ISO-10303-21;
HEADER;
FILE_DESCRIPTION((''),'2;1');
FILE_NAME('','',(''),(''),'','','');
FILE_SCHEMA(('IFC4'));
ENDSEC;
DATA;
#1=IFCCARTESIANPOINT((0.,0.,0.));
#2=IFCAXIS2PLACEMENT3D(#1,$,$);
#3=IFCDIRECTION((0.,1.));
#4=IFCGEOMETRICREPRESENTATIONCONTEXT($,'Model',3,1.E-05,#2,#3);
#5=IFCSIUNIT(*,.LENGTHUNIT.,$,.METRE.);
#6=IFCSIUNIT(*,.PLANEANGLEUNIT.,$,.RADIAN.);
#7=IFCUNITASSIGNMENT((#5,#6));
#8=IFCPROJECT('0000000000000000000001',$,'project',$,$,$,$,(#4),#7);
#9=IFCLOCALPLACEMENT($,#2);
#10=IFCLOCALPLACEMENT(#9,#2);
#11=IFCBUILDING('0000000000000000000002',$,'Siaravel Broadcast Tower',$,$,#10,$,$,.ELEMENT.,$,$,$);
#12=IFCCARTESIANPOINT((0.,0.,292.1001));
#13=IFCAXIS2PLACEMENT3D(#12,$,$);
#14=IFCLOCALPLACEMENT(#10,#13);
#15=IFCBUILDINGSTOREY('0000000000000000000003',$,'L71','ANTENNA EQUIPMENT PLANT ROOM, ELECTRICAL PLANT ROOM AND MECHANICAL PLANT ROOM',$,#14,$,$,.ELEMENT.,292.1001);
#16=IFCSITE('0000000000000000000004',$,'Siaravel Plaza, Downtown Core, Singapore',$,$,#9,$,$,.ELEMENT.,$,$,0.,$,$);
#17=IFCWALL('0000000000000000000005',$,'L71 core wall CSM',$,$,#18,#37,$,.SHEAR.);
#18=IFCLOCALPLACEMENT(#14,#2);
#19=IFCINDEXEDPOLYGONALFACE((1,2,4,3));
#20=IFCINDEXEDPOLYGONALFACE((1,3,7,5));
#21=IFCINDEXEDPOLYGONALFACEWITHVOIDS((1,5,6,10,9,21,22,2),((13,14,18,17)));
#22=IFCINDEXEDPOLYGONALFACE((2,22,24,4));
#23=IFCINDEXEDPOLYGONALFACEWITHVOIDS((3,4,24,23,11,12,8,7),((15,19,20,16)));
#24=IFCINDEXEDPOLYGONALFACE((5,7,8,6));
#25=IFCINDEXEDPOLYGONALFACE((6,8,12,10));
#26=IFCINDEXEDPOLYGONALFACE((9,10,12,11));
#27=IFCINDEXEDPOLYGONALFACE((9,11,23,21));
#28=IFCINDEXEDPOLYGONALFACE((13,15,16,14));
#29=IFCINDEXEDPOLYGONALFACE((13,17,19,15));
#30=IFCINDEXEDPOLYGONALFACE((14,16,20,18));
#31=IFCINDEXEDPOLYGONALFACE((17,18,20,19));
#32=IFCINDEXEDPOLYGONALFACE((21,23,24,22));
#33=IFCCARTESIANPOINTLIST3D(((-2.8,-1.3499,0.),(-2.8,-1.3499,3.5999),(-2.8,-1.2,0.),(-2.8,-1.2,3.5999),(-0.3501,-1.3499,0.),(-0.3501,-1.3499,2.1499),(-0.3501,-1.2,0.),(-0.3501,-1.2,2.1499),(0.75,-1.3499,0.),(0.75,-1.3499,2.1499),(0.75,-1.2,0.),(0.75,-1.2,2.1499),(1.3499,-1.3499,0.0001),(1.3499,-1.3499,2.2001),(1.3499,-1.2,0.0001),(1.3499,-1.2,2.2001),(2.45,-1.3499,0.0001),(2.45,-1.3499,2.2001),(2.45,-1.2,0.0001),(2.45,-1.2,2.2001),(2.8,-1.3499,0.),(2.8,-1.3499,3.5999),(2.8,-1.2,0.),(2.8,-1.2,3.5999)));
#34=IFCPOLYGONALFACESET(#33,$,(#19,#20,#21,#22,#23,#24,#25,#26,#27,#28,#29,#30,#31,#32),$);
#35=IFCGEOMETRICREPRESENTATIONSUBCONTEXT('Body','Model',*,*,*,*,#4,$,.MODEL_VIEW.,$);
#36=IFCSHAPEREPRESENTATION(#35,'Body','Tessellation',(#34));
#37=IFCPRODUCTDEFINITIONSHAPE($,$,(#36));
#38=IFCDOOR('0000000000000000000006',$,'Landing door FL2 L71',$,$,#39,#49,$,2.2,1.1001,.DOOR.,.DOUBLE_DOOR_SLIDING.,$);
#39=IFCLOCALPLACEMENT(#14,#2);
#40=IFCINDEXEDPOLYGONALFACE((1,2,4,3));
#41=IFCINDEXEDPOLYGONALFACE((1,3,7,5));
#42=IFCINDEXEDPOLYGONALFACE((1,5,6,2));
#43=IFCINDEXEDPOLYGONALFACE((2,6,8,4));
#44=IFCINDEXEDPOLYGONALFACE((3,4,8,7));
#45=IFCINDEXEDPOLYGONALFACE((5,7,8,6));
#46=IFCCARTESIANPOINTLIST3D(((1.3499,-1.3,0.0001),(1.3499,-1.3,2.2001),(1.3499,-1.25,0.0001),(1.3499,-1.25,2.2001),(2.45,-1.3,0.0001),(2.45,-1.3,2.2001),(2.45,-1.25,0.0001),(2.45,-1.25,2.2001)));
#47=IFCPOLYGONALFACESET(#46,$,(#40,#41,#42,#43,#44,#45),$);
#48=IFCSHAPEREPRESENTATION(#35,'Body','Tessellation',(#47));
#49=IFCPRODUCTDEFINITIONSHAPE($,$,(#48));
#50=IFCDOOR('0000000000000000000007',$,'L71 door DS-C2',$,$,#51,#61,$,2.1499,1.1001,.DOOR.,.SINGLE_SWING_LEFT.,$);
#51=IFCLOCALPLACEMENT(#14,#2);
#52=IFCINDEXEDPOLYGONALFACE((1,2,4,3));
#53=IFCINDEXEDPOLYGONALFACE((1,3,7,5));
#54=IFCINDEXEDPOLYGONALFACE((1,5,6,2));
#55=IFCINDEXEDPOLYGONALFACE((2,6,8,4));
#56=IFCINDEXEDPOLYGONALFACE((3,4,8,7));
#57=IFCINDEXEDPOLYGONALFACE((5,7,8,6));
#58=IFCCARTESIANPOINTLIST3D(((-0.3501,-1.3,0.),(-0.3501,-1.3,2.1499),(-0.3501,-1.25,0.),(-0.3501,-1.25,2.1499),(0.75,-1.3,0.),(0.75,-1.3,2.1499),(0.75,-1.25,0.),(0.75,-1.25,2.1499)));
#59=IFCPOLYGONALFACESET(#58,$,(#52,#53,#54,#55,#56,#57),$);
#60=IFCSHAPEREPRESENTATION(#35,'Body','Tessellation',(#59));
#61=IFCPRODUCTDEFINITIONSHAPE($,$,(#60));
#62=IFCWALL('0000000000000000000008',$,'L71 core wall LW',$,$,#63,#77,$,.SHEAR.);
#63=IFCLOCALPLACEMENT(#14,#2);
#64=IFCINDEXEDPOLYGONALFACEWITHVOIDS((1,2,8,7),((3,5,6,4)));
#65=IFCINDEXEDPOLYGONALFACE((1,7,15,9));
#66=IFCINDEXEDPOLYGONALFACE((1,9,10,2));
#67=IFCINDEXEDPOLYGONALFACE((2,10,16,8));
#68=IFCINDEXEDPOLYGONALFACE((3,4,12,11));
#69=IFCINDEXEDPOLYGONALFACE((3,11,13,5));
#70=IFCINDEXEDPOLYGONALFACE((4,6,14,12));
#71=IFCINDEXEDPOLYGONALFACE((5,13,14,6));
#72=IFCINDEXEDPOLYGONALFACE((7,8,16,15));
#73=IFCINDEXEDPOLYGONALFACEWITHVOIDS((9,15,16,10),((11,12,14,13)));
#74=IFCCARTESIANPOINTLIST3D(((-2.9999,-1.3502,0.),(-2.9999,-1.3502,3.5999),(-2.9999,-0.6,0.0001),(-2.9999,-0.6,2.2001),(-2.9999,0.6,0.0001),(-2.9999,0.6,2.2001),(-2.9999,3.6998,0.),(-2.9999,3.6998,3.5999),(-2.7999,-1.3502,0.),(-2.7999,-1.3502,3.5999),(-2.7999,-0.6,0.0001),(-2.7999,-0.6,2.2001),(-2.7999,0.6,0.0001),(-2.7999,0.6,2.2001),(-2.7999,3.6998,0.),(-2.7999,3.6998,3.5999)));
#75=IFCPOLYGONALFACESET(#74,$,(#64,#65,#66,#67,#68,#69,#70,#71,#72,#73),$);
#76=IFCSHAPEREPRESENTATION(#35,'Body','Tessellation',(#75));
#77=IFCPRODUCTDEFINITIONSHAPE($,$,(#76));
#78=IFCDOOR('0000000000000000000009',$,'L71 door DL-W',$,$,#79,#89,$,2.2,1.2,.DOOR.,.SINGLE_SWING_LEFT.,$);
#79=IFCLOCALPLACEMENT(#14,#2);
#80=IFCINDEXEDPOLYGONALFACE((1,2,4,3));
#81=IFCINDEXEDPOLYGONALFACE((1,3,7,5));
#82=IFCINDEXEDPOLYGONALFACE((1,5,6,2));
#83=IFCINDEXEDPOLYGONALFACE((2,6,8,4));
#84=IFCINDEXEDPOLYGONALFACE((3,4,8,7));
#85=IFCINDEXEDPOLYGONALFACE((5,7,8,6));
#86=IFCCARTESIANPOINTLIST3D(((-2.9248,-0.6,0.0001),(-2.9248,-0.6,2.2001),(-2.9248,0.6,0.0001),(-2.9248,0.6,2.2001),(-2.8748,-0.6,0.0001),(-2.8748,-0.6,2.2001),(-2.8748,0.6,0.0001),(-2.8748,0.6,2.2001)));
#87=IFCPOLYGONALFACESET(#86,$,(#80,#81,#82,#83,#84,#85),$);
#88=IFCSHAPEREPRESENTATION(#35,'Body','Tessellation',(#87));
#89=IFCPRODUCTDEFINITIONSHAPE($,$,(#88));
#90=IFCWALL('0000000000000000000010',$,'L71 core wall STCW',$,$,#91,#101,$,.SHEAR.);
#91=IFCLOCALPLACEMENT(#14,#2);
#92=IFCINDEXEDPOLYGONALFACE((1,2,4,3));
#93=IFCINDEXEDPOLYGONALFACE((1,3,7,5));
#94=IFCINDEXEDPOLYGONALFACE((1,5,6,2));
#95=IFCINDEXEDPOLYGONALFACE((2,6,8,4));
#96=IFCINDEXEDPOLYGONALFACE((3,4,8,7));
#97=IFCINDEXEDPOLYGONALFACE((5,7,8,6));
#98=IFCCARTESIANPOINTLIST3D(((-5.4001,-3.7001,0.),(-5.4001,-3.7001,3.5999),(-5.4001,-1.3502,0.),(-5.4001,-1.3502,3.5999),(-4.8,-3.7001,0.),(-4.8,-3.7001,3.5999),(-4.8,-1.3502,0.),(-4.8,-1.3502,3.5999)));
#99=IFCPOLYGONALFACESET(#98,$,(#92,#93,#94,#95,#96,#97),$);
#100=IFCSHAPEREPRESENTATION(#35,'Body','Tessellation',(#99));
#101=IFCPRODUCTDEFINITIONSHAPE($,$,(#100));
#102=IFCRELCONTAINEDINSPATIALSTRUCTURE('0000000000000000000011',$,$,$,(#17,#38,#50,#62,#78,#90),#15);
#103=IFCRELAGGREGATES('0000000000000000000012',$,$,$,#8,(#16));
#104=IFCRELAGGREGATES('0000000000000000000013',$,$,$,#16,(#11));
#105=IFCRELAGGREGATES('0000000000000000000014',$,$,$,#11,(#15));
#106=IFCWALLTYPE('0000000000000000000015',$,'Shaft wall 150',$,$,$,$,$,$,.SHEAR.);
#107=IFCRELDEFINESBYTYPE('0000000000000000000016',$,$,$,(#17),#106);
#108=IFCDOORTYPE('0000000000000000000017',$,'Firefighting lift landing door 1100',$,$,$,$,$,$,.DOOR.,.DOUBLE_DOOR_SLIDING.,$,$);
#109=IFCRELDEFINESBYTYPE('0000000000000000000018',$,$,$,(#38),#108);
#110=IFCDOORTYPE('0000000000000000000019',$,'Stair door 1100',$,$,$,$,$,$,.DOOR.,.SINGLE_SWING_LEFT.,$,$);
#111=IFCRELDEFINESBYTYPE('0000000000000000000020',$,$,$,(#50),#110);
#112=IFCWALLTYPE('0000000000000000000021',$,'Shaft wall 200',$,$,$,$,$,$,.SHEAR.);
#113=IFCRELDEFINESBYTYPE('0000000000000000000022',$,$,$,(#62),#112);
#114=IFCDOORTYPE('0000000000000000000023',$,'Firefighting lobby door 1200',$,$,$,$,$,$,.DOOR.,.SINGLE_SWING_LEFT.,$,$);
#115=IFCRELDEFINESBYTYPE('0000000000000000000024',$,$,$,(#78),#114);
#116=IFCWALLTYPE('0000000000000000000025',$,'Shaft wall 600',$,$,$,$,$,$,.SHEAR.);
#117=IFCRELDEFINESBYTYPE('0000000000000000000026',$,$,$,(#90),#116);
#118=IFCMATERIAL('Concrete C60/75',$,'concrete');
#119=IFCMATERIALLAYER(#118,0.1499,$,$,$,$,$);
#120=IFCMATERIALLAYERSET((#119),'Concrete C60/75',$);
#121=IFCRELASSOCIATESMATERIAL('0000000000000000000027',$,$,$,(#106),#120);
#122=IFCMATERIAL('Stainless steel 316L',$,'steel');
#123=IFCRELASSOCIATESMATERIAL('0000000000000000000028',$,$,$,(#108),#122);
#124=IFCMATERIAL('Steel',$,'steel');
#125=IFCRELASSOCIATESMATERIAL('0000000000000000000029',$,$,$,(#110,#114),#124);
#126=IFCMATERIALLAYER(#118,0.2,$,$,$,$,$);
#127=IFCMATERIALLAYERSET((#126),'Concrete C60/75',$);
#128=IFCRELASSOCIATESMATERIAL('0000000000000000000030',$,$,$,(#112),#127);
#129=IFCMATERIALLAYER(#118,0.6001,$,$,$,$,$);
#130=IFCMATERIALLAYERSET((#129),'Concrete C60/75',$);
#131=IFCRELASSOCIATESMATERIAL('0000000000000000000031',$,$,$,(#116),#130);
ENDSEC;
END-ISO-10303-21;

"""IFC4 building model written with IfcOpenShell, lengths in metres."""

from ifc_helpers import new_model, si_unit, direction, frame, frame_2d, origin, place, context, subcontext, project, spatial, rectangle, extrude, material, layer, layer_set, type_object, element, fill, save


model = new_model("IFC4")

# Units and contexts
model_context = context("Model", 3, precision=1e-05, world=origin(), true_north=direction((0.0, 1.0)))
body_context = subcontext(model_context, "Body", "Model", "MODEL_VIEW")
ifc_project = project(units=[si_unit("LENGTHUNIT", "METRE"), si_unit("PLANEANGLEUNIT", "RADIAN")], contexts=[model_context])

# Site, building, storey
site_placement = place(None, origin())
site = spatial("IfcSite", under=ifc_project, at=site_placement, Name="Siaravel Plaza, Downtown Core, Singapore", CompositionType="ELEMENT", RefElevation=0.0)
building_placement = place(site_placement, origin())
building = spatial("IfcBuilding", under=site, at=building_placement, Name="Siaravel Broadcast Tower", CompositionType="ELEMENT")
storey_placement = place(building_placement, frame((0.0, 0.0, 292.1001)))
storey = spatial("IfcBuildingStorey", under=building, at=storey_placement, Name="L71", Description="ANTENNA EQUIPMENT PLANT ROOM, ELECTRICAL PLANT ROOM AND MECHANICAL PLANT ROOM", CompositionType="ELEMENT", Elevation=292.1001)

# Shared definitions
ifc_material_1 = material(Name="Concrete C60/75", Category="concrete")
ifc_material_2 = material(Name="Steel", Category="steel")

# Shared definitions
ifc_layer_1 = layer(ifc_material_1, 0.1499)
ifc_layer_set_1 = layer_set([ifc_layer_1], Name="Concrete C60/75")
wall_type_1 = type_object("IfcWallType", Name="Shaft wall 150", PredefinedType="SHEAR", material=ifc_layer_set_1)

# Wall, openings, doors
wall_1_placement = place(storey_placement, frame((-2.8, -1.2749, 0.0), z_axis=(0.0, 0.0, 1.0), x_axis=(1.0, 0.0, 0.0)))
wall_1 = element("IfcWall", 1, at=wall_1_placement, inside=storey, type_object=wall_type_1, Name="L71 core wall CSM", PredefinedType="SHEAR", context=body_context, shape_type="SweptSolid", body=[
    extrude(rectangle(XDim=5.6001, YDim=0.1499, at=frame_2d((2.8, 0.0))), origin(), (0.0, 0.0, 1.0), 3.5999),
])
opening_1_placement = place(wall_1_placement, frame((4.1499, 0.0, 0.0)))
opening_1 = element("IfcOpeningElement", 2, at=opening_1_placement, cuts=wall_1, PredefinedType="OPENING", context=body_context, shape_type="SweptSolid", body=[
    extrude(rectangle(XDim=1.1001, YDim=2.2, at=frame_2d((0.55, 1.1001))), frame((0.0, 0.085, 0.0), z_axis=(0.0, -1.0, 0.0), x_axis=(1.0, 0.0, 0.0)), (0.0, 0.0, 1.0), 0.1699),
])
opening_2_placement = place(wall_1_placement, frame((2.45, 0.0, 0.0)))
opening_2 = element("IfcOpeningElement", 3, at=opening_2_placement, cuts=wall_1, PredefinedType="OPENING", context=body_context, shape_type="SweptSolid", body=[
    extrude(rectangle(XDim=1.1001, YDim=2.1499, at=frame_2d((0.55, 1.075))), frame((0.0, 0.085, 0.0), z_axis=(0.0, -1.0, 0.0), x_axis=(1.0, 0.0, 0.0)), (0.0, 0.0, 1.0), 0.1699),
])
ifc_material_3 = material(Name="Stainless steel 316L", Category="steel")
door_type_1 = type_object("IfcDoorType", Name="Firefighting lift landing door 1100", OperationType="DOUBLE_DOOR_SLIDING", PredefinedType="DOOR", material=ifc_material_3)
door_1_placement = place(opening_1_placement, origin())
door_1 = element("IfcDoor", 4, at=door_1_placement, inside=storey, type_object=door_type_1, Name="Landing door FL2 L71", OperationType="DOUBLE_DOOR_SLIDING", OverallHeight=2.2, OverallWidth=1.1001, PredefinedType="DOOR", context=body_context, shape_type="SweptSolid", body=[
    extrude(rectangle(XDim=1.1001, YDim=2.2, at=frame_2d((0.55, 1.1001))), frame((0.0, 0.0249, 0.0), z_axis=(0.0, -1.0, 0.0), x_axis=(1.0, 0.0, 0.0)), (0.0, 0.0, 1.0), 0.05),
])
fill(opening_1, door_1)
door_type_2 = type_object("IfcDoorType", Name="Stair door 1100", OperationType="SINGLE_SWING_LEFT", PredefinedType="DOOR", material=ifc_material_2)
door_2_placement = place(opening_2_placement, origin())
door_2 = element("IfcDoor", 5, at=door_2_placement, inside=storey, type_object=door_type_2, Name="L71 door DS-C2", OperationType="SINGLE_SWING_LEFT", OverallHeight=2.1499, OverallWidth=1.1001, PredefinedType="DOOR", context=body_context, shape_type="SweptSolid", body=[
    extrude(rectangle(XDim=1.1001, YDim=2.1499, at=frame_2d((0.55, 1.075))), frame((0.0, 0.0249, 0.0), z_axis=(0.0, -1.0, 0.0), x_axis=(1.0, 0.0, 0.0)), (0.0, 0.0, 1.0), 0.05),
])
fill(opening_2, door_2)

# Wall, opening, door
ifc_layer_2 = layer(ifc_material_1, 0.2)
ifc_layer_set_2 = layer_set([ifc_layer_2], Name="Concrete C60/75")
wall_type_2 = type_object("IfcWallType", Name="Shaft wall 200", PredefinedType="SHEAR", material=ifc_layer_set_2)
wall_2_placement = place(storey_placement, frame((-2.8999, -1.3501, 0.0), z_axis=(0.0, 0.0, 1.0), x_axis=(0.0, 1.0, 0.0)))
wall_2 = element("IfcWall", 6, at=wall_2_placement, inside=storey, type_object=wall_type_2, Name="L71 core wall LW", PredefinedType="SHEAR", context=body_context, shape_type="SweptSolid", body=[
    extrude(rectangle(XDim=5.05, YDim=0.2, at=frame_2d((2.5249, 0.0))), origin(), (0.0, 0.0, 1.0), 3.5999),
])
opening_3_placement = place(wall_2_placement, frame((0.75, 0.0, 0.0)))
opening_3 = element("IfcOpeningElement", 7, at=opening_3_placement, cuts=wall_2, PredefinedType="OPENING", context=body_context, shape_type="SweptSolid", body=[
    extrude(rectangle(XDim=1.2, YDim=2.2, at=frame_2d((0.6001, 1.1001))), frame((0.0, 0.1099, 0.0), z_axis=(0.0, -1.0, 0.0), x_axis=(1.0, 0.0, 0.0)), (0.0, 0.0, 1.0), 0.22),
])
door_type_3 = type_object("IfcDoorType", Name="Firefighting lobby door 1200", OperationType="SINGLE_SWING_LEFT", PredefinedType="DOOR", material=ifc_material_2)
door_3_placement = place(opening_3_placement, origin())
door_3 = element("IfcDoor", 8, at=door_3_placement, inside=storey, type_object=door_type_3, Name="L71 door DL-W", OperationType="SINGLE_SWING_LEFT", OverallHeight=2.2, OverallWidth=1.2, PredefinedType="DOOR", context=body_context, shape_type="SweptSolid", body=[
    extrude(rectangle(XDim=1.2, YDim=2.2, at=frame_2d((0.6001, 1.1001))), frame((0.0, 0.0249, 0.0), z_axis=(0.0, -1.0, 0.0), x_axis=(1.0, 0.0, 0.0)), (0.0, 0.0, 1.0), 0.05),
])
fill(opening_3, door_3)

# Wall
ifc_layer_3 = layer(ifc_material_1, 0.6001)
ifc_layer_set_3 = layer_set([ifc_layer_3], Name="Concrete C60/75")
wall_type_3 = type_object("IfcWallType", Name="Shaft wall 600", PredefinedType="SHEAR", material=ifc_layer_set_3)
wall_3_placement = place(storey_placement, frame((-5.1001, -3.7, 0.0), z_axis=(0.0, 0.0, 1.0), x_axis=(0.0, 1.0, 0.0)))
element("IfcWall", 9, at=wall_3_placement, inside=storey, type_object=wall_type_3, Name="L71 core wall STCW", PredefinedType="SHEAR", context=body_context, shape_type="SweptSolid", body=[
    extrude(rectangle(XDim=2.3499, YDim=0.6001, at=frame_2d((1.1748, 0.0))), origin(), (0.0, 0.0, 1.0), 3.5999),
])

save(model, "model.ifc")
